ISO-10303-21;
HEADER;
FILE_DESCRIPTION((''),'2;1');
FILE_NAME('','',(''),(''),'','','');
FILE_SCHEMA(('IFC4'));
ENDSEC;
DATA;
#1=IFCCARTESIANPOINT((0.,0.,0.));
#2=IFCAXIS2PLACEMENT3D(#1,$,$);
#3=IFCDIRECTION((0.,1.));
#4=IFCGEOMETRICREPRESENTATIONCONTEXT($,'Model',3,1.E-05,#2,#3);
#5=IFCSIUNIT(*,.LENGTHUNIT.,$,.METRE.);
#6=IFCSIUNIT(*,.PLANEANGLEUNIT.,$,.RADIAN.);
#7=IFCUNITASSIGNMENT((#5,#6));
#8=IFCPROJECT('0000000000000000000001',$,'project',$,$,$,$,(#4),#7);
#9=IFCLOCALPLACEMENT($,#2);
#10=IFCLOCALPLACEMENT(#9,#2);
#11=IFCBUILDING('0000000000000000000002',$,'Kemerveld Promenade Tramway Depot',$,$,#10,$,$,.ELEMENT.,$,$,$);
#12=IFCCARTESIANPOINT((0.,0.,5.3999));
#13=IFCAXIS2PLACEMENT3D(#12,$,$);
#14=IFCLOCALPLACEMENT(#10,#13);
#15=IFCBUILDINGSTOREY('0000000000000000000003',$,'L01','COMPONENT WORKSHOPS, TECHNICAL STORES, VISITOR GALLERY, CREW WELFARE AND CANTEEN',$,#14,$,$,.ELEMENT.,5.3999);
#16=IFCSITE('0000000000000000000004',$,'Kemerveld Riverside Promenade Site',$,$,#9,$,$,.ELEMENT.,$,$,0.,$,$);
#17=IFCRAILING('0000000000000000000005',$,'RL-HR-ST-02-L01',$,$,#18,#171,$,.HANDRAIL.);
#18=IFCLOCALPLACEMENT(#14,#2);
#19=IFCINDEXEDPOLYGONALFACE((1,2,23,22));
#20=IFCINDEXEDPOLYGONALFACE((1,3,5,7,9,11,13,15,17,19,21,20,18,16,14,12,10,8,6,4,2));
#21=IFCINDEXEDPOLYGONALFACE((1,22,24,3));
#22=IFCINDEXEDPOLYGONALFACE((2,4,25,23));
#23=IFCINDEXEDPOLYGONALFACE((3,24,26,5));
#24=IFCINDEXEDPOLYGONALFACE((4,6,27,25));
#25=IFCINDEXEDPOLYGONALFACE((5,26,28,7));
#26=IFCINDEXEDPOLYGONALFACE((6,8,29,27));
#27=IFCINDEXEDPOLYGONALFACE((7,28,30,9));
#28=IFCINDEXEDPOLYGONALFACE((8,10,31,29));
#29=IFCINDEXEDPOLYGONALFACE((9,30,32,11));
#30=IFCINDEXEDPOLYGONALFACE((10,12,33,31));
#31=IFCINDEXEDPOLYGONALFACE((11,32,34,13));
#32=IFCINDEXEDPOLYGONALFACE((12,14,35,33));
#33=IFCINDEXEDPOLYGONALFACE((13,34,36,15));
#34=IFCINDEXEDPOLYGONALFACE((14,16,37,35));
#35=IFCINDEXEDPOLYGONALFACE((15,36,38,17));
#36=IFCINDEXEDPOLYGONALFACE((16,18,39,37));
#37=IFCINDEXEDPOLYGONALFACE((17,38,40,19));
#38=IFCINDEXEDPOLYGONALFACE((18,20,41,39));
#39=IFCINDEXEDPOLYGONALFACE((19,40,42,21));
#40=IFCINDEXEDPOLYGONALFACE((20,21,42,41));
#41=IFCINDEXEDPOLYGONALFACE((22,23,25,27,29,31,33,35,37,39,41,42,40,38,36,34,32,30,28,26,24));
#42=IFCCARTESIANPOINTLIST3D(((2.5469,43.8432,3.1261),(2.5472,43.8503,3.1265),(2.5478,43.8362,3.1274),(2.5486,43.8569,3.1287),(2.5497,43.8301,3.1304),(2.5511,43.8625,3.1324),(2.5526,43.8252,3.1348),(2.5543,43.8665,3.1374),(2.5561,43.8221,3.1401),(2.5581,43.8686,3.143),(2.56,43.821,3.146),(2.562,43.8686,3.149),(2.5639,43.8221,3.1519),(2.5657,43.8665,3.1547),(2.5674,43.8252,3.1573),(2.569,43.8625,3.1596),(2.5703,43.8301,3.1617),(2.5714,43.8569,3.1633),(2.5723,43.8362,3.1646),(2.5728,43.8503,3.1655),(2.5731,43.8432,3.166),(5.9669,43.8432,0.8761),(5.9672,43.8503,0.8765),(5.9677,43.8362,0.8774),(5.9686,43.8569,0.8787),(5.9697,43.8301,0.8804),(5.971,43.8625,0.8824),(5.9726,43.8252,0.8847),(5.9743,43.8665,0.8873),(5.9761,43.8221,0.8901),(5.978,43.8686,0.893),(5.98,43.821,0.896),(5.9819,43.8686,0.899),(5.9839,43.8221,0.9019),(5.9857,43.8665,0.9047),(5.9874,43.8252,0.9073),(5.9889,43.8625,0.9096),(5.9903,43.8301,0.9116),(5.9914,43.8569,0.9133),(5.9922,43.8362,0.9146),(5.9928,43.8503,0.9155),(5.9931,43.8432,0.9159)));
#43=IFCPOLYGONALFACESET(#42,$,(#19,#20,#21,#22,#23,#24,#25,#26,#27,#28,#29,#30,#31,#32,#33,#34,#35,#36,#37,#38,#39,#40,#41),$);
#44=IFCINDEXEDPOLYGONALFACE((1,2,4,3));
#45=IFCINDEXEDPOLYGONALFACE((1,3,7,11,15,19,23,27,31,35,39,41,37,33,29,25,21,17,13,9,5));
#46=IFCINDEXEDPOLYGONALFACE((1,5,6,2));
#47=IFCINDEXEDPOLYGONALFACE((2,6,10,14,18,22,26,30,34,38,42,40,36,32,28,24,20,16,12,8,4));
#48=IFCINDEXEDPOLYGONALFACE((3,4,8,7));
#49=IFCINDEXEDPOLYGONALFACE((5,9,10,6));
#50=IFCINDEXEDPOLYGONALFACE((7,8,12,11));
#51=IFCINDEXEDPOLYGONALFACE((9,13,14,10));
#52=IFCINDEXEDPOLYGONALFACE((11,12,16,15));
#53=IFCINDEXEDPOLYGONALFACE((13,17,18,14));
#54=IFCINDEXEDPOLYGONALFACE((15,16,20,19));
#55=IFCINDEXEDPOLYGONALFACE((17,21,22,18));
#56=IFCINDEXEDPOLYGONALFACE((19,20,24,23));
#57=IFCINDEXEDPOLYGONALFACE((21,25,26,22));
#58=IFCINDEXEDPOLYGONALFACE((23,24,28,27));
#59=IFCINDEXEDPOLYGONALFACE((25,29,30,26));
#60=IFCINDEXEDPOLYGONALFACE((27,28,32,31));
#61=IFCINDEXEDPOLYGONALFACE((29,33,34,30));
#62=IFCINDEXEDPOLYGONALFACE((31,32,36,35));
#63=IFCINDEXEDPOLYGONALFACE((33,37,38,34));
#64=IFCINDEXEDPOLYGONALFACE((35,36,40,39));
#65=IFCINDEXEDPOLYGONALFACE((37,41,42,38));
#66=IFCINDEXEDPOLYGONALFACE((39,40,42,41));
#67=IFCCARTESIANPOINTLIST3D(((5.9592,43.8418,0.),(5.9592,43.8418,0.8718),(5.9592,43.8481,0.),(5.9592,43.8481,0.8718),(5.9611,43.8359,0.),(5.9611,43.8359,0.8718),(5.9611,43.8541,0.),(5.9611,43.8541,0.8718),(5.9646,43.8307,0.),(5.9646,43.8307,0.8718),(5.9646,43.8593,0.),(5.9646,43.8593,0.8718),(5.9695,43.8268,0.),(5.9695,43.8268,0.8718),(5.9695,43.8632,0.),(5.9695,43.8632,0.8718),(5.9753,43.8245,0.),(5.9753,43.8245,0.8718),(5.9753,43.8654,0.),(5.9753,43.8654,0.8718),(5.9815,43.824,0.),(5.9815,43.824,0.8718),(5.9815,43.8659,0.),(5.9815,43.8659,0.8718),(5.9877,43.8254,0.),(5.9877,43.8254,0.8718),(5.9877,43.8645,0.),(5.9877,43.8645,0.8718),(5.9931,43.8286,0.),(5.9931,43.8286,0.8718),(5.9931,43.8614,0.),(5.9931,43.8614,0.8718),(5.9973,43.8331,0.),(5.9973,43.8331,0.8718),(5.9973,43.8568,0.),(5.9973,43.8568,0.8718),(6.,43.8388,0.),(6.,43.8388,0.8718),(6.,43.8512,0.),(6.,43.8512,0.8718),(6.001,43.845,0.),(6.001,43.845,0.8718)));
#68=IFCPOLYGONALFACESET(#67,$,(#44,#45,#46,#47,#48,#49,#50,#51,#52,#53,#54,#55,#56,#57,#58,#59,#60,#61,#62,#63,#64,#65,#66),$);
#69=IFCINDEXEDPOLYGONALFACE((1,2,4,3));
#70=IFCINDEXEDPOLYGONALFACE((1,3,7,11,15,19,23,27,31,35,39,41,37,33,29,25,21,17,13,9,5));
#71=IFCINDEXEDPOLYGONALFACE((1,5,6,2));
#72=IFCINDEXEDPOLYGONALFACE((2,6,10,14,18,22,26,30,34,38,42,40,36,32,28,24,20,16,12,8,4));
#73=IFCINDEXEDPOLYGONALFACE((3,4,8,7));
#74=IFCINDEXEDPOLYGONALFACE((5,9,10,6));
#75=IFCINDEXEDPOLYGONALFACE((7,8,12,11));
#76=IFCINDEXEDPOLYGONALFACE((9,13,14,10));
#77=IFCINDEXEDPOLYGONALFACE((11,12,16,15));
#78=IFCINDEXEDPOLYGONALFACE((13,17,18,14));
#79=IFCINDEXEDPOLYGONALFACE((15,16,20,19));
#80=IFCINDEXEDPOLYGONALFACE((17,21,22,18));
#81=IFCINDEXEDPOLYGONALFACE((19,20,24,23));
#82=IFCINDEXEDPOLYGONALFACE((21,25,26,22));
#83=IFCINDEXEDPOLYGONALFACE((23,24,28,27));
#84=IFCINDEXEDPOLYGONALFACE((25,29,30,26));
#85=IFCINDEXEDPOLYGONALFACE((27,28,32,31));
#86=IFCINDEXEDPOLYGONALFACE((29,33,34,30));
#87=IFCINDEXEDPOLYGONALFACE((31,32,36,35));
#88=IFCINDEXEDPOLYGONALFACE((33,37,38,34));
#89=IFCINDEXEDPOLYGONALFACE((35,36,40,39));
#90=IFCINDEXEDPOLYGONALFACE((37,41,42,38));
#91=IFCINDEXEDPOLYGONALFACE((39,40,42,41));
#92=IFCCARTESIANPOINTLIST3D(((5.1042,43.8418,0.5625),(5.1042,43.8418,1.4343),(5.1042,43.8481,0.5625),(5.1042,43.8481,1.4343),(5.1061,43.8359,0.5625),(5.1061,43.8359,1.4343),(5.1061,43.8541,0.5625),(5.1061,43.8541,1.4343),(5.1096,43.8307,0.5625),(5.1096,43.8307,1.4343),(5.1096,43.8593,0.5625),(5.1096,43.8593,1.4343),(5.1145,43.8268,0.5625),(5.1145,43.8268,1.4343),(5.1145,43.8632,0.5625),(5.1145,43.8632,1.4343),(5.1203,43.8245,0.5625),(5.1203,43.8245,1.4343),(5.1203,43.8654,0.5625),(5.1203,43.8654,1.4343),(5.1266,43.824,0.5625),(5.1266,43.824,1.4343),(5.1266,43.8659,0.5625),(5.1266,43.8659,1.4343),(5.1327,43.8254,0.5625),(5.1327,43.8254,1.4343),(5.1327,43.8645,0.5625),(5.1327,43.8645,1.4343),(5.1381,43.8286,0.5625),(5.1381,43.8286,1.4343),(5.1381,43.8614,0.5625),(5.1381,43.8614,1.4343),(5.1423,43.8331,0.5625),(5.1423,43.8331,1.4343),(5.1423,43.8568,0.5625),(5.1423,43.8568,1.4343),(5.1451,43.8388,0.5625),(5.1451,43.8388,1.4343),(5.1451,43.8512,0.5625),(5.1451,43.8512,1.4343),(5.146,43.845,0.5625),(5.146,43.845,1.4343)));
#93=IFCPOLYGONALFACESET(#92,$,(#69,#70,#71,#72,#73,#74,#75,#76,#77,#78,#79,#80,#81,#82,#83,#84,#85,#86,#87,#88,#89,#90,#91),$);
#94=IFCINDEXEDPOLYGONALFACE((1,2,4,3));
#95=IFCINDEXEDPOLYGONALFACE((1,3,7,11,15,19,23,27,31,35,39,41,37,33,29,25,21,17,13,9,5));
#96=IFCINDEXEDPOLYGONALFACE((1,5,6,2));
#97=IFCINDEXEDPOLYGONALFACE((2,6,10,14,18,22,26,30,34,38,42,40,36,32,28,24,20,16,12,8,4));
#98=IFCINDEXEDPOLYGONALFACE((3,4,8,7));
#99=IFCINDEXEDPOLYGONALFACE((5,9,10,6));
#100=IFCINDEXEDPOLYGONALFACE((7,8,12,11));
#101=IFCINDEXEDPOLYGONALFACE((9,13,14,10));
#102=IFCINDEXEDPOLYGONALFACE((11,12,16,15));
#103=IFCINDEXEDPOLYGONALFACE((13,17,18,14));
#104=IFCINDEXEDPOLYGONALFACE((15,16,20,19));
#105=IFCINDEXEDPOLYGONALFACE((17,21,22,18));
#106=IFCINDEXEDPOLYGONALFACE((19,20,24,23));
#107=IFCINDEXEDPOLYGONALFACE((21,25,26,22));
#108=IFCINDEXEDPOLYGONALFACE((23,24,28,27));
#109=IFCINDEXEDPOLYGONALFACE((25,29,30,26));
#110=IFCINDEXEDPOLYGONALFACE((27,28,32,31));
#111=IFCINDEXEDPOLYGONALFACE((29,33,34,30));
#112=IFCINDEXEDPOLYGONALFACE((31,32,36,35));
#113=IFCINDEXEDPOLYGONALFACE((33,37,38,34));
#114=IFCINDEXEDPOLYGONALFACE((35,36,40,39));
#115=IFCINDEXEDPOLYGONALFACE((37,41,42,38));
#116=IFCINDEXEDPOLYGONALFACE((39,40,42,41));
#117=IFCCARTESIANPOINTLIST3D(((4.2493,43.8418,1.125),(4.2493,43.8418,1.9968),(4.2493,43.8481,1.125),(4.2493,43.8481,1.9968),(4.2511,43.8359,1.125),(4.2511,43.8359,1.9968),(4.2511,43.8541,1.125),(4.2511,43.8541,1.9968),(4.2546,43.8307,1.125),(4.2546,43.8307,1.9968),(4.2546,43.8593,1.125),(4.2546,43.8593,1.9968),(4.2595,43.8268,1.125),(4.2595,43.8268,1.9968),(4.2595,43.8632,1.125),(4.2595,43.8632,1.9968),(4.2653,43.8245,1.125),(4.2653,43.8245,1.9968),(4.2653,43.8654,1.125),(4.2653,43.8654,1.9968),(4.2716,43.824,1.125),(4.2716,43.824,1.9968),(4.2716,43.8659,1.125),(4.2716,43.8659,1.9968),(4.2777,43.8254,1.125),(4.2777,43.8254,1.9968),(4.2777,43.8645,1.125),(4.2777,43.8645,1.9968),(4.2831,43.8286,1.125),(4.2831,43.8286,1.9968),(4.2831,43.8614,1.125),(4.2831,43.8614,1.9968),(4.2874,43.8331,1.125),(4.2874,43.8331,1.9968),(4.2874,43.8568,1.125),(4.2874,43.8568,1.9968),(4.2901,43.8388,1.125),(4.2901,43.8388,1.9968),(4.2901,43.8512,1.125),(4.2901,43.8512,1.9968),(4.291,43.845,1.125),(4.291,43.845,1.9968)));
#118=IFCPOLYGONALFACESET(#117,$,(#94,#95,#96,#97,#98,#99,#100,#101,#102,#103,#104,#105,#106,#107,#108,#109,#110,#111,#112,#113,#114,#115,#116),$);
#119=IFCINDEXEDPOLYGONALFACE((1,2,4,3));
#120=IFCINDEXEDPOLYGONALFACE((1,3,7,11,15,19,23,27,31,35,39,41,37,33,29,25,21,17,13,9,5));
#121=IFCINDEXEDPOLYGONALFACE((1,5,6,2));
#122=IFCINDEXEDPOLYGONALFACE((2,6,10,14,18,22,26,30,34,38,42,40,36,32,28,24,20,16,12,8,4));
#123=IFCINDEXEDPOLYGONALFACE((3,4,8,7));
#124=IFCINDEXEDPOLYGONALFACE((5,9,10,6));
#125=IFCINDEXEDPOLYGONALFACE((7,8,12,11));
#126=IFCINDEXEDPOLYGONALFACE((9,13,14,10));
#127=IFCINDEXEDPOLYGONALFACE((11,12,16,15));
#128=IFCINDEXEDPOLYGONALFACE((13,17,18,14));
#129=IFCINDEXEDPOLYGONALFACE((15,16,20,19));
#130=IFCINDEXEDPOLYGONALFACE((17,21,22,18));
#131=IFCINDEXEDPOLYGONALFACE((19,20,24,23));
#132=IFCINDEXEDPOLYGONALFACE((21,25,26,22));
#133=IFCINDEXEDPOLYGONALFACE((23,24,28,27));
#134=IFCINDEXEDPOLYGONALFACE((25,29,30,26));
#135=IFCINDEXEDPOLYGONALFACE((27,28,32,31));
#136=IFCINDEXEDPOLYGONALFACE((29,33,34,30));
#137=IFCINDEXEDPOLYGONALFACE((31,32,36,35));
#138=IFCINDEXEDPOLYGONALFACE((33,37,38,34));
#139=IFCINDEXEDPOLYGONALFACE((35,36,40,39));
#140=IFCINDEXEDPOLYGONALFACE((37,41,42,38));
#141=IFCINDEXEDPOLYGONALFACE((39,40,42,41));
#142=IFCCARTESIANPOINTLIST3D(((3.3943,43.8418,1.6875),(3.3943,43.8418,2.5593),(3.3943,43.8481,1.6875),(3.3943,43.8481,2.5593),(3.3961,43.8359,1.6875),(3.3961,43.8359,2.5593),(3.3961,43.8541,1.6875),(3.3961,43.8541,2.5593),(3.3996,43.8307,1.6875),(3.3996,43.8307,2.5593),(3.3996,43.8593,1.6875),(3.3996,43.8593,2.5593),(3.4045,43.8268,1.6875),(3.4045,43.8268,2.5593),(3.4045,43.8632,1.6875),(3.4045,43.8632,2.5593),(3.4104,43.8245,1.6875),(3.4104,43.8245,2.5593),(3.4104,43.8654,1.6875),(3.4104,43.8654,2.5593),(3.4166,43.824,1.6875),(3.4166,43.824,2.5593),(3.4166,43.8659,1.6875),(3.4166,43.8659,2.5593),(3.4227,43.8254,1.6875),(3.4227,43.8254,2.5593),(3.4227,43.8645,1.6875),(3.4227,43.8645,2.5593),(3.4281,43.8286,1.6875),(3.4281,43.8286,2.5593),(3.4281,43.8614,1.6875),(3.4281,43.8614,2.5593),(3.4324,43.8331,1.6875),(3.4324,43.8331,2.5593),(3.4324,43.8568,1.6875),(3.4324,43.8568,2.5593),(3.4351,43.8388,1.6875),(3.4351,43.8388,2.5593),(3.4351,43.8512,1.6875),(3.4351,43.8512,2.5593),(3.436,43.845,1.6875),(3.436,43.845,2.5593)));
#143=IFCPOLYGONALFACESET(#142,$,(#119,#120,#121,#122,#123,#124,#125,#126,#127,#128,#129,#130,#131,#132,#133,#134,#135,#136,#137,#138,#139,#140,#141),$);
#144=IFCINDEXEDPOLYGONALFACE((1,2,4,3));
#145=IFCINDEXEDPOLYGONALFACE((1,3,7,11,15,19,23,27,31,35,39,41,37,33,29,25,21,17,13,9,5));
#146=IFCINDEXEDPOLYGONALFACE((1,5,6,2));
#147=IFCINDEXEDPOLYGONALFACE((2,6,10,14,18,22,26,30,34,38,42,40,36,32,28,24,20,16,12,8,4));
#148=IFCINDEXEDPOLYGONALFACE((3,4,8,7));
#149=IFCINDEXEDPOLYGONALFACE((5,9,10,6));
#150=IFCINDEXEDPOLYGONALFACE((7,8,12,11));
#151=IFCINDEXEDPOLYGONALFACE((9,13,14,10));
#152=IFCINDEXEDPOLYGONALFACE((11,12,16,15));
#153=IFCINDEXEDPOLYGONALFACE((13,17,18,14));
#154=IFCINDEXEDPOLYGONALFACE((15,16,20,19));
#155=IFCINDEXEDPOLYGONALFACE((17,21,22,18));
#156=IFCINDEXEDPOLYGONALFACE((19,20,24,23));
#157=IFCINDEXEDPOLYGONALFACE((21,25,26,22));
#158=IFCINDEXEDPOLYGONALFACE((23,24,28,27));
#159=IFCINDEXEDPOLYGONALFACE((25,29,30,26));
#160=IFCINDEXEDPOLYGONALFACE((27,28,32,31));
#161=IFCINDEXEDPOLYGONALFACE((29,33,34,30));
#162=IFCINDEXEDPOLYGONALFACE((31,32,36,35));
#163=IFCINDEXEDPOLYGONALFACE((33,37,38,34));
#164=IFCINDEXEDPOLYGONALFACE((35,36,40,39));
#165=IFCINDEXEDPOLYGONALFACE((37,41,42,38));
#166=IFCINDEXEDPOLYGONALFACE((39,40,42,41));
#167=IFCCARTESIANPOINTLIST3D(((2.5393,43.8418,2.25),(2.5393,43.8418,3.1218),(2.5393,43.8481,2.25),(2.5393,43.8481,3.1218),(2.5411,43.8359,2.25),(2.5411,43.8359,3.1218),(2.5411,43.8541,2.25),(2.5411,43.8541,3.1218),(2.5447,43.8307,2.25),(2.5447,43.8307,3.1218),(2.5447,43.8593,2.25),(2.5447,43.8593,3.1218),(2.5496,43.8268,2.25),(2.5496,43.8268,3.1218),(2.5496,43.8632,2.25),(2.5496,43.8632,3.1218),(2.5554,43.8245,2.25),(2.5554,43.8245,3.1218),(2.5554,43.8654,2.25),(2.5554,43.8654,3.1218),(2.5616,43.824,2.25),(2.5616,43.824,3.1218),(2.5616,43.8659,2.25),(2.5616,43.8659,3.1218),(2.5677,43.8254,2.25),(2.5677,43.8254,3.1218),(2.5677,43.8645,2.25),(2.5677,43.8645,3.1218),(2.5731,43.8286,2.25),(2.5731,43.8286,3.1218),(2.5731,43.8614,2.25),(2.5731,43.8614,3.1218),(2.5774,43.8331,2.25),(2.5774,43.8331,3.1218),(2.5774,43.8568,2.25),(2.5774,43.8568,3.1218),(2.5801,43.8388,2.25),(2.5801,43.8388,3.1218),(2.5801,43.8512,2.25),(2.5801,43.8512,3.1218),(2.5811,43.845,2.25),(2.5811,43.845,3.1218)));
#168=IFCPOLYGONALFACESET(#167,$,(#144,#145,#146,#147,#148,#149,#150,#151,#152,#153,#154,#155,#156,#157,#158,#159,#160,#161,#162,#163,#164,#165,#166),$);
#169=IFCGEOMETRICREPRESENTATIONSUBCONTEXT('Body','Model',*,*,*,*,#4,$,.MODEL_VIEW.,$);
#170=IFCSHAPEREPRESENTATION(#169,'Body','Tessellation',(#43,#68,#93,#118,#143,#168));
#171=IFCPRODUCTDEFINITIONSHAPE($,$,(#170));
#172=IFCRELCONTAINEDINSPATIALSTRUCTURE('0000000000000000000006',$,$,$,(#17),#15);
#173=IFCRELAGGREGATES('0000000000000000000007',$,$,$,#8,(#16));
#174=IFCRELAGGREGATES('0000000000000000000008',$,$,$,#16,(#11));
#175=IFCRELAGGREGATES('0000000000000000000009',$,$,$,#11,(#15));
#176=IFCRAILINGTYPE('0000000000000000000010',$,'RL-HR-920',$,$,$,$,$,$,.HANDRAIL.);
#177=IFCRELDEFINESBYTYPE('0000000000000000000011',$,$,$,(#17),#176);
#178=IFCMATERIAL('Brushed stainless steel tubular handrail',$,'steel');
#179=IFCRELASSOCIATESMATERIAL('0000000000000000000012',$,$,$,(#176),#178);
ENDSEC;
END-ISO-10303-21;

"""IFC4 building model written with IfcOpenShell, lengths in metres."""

from ifc_helpers import new_model, si_unit, direction, frame, origin, origin_2d, place, context, subcontext, project, spatial, circle, extrude, material, type_object, element, save


model = new_model("IFC4")

# Units and contexts
model_context = context("Model", 3, precision=1e-05, world=origin(), true_north=direction((0.0, 1.0)))
body_context = subcontext(model_context, "Body", "Model", "MODEL_VIEW")
ifc_project = project(units=[si_unit("LENGTHUNIT", "METRE"), si_unit("PLANEANGLEUNIT", "RADIAN")], contexts=[model_context])

# Site, building, storey
site_placement = place(None, origin())
site = spatial("IfcSite", under=ifc_project, at=site_placement, Name="Kemerveld Riverside Promenade Site", CompositionType="ELEMENT", RefElevation=0.0)
building_placement = place(site_placement, origin())
building = spatial("IfcBuilding", under=site, at=building_placement, Name="Kemerveld Promenade Tramway Depot", CompositionType="ELEMENT")
storey_placement = place(building_placement, frame((0.0, 0.0, 5.3999)))
storey = spatial("IfcBuildingStorey", under=building, at=storey_placement, Name="L01", Description="COMPONENT WORKSHOPS, TECHNICAL STORES, VISITOR GALLERY, CREW WELFARE AND CANTEEN", CompositionType="ELEMENT", Elevation=5.3999)

# Railing
ifc_material_1 = material(Name="Brushed stainless steel tubular handrail", Category="steel")
railing_type_1 = type_object("IfcRailingType", Name="RL-HR-920", PredefinedType="HANDRAIL", material=ifc_material_1)
railing_1_placement = place(storey_placement, frame((5.98, 43.845, 0.0)))
element("IfcRailing", 1, at=railing_1_placement, inside=storey, type_object=railing_type_1, Name="RL-HR-ST-02-L01", PredefinedType="HANDRAIL", context=body_context, shape_type="SweptSolid", body=[
    extrude(circle(Radius=0.0239, at=origin_2d()), frame((0.0, 0.0, 0.896), z_axis=(-0.835411, 0.0, 0.549625), x_axis=(0.0, -1.0, 0.0)), (0.0, 0.0, 1.0), 4.0938),
    extrude(circle(Radius=0.021, at=origin_2d()), origin(), (0.0, 0.0, 1.0), 0.8718),
    extrude(circle(Radius=0.021, at=origin_2d()), frame((-0.855, 0.0, 0.5625)), (0.0, 0.0, 1.0), 0.8718),
    extrude(circle(Radius=0.021, at=origin_2d()), frame((-1.71, 0.0, 1.125)), (0.0, 0.0, 1.0), 0.8718),
    extrude(circle(Radius=0.021, at=origin_2d()), frame((-2.5649, 0.0, 1.6875)), (0.0, 0.0, 1.0), 0.8718),
    extrude(circle(Radius=0.021, at=origin_2d()), frame((-3.4199, 0.0, 2.25)), (0.0, 0.0, 1.0), 0.8718),
])

save(model, "model.ifc")
